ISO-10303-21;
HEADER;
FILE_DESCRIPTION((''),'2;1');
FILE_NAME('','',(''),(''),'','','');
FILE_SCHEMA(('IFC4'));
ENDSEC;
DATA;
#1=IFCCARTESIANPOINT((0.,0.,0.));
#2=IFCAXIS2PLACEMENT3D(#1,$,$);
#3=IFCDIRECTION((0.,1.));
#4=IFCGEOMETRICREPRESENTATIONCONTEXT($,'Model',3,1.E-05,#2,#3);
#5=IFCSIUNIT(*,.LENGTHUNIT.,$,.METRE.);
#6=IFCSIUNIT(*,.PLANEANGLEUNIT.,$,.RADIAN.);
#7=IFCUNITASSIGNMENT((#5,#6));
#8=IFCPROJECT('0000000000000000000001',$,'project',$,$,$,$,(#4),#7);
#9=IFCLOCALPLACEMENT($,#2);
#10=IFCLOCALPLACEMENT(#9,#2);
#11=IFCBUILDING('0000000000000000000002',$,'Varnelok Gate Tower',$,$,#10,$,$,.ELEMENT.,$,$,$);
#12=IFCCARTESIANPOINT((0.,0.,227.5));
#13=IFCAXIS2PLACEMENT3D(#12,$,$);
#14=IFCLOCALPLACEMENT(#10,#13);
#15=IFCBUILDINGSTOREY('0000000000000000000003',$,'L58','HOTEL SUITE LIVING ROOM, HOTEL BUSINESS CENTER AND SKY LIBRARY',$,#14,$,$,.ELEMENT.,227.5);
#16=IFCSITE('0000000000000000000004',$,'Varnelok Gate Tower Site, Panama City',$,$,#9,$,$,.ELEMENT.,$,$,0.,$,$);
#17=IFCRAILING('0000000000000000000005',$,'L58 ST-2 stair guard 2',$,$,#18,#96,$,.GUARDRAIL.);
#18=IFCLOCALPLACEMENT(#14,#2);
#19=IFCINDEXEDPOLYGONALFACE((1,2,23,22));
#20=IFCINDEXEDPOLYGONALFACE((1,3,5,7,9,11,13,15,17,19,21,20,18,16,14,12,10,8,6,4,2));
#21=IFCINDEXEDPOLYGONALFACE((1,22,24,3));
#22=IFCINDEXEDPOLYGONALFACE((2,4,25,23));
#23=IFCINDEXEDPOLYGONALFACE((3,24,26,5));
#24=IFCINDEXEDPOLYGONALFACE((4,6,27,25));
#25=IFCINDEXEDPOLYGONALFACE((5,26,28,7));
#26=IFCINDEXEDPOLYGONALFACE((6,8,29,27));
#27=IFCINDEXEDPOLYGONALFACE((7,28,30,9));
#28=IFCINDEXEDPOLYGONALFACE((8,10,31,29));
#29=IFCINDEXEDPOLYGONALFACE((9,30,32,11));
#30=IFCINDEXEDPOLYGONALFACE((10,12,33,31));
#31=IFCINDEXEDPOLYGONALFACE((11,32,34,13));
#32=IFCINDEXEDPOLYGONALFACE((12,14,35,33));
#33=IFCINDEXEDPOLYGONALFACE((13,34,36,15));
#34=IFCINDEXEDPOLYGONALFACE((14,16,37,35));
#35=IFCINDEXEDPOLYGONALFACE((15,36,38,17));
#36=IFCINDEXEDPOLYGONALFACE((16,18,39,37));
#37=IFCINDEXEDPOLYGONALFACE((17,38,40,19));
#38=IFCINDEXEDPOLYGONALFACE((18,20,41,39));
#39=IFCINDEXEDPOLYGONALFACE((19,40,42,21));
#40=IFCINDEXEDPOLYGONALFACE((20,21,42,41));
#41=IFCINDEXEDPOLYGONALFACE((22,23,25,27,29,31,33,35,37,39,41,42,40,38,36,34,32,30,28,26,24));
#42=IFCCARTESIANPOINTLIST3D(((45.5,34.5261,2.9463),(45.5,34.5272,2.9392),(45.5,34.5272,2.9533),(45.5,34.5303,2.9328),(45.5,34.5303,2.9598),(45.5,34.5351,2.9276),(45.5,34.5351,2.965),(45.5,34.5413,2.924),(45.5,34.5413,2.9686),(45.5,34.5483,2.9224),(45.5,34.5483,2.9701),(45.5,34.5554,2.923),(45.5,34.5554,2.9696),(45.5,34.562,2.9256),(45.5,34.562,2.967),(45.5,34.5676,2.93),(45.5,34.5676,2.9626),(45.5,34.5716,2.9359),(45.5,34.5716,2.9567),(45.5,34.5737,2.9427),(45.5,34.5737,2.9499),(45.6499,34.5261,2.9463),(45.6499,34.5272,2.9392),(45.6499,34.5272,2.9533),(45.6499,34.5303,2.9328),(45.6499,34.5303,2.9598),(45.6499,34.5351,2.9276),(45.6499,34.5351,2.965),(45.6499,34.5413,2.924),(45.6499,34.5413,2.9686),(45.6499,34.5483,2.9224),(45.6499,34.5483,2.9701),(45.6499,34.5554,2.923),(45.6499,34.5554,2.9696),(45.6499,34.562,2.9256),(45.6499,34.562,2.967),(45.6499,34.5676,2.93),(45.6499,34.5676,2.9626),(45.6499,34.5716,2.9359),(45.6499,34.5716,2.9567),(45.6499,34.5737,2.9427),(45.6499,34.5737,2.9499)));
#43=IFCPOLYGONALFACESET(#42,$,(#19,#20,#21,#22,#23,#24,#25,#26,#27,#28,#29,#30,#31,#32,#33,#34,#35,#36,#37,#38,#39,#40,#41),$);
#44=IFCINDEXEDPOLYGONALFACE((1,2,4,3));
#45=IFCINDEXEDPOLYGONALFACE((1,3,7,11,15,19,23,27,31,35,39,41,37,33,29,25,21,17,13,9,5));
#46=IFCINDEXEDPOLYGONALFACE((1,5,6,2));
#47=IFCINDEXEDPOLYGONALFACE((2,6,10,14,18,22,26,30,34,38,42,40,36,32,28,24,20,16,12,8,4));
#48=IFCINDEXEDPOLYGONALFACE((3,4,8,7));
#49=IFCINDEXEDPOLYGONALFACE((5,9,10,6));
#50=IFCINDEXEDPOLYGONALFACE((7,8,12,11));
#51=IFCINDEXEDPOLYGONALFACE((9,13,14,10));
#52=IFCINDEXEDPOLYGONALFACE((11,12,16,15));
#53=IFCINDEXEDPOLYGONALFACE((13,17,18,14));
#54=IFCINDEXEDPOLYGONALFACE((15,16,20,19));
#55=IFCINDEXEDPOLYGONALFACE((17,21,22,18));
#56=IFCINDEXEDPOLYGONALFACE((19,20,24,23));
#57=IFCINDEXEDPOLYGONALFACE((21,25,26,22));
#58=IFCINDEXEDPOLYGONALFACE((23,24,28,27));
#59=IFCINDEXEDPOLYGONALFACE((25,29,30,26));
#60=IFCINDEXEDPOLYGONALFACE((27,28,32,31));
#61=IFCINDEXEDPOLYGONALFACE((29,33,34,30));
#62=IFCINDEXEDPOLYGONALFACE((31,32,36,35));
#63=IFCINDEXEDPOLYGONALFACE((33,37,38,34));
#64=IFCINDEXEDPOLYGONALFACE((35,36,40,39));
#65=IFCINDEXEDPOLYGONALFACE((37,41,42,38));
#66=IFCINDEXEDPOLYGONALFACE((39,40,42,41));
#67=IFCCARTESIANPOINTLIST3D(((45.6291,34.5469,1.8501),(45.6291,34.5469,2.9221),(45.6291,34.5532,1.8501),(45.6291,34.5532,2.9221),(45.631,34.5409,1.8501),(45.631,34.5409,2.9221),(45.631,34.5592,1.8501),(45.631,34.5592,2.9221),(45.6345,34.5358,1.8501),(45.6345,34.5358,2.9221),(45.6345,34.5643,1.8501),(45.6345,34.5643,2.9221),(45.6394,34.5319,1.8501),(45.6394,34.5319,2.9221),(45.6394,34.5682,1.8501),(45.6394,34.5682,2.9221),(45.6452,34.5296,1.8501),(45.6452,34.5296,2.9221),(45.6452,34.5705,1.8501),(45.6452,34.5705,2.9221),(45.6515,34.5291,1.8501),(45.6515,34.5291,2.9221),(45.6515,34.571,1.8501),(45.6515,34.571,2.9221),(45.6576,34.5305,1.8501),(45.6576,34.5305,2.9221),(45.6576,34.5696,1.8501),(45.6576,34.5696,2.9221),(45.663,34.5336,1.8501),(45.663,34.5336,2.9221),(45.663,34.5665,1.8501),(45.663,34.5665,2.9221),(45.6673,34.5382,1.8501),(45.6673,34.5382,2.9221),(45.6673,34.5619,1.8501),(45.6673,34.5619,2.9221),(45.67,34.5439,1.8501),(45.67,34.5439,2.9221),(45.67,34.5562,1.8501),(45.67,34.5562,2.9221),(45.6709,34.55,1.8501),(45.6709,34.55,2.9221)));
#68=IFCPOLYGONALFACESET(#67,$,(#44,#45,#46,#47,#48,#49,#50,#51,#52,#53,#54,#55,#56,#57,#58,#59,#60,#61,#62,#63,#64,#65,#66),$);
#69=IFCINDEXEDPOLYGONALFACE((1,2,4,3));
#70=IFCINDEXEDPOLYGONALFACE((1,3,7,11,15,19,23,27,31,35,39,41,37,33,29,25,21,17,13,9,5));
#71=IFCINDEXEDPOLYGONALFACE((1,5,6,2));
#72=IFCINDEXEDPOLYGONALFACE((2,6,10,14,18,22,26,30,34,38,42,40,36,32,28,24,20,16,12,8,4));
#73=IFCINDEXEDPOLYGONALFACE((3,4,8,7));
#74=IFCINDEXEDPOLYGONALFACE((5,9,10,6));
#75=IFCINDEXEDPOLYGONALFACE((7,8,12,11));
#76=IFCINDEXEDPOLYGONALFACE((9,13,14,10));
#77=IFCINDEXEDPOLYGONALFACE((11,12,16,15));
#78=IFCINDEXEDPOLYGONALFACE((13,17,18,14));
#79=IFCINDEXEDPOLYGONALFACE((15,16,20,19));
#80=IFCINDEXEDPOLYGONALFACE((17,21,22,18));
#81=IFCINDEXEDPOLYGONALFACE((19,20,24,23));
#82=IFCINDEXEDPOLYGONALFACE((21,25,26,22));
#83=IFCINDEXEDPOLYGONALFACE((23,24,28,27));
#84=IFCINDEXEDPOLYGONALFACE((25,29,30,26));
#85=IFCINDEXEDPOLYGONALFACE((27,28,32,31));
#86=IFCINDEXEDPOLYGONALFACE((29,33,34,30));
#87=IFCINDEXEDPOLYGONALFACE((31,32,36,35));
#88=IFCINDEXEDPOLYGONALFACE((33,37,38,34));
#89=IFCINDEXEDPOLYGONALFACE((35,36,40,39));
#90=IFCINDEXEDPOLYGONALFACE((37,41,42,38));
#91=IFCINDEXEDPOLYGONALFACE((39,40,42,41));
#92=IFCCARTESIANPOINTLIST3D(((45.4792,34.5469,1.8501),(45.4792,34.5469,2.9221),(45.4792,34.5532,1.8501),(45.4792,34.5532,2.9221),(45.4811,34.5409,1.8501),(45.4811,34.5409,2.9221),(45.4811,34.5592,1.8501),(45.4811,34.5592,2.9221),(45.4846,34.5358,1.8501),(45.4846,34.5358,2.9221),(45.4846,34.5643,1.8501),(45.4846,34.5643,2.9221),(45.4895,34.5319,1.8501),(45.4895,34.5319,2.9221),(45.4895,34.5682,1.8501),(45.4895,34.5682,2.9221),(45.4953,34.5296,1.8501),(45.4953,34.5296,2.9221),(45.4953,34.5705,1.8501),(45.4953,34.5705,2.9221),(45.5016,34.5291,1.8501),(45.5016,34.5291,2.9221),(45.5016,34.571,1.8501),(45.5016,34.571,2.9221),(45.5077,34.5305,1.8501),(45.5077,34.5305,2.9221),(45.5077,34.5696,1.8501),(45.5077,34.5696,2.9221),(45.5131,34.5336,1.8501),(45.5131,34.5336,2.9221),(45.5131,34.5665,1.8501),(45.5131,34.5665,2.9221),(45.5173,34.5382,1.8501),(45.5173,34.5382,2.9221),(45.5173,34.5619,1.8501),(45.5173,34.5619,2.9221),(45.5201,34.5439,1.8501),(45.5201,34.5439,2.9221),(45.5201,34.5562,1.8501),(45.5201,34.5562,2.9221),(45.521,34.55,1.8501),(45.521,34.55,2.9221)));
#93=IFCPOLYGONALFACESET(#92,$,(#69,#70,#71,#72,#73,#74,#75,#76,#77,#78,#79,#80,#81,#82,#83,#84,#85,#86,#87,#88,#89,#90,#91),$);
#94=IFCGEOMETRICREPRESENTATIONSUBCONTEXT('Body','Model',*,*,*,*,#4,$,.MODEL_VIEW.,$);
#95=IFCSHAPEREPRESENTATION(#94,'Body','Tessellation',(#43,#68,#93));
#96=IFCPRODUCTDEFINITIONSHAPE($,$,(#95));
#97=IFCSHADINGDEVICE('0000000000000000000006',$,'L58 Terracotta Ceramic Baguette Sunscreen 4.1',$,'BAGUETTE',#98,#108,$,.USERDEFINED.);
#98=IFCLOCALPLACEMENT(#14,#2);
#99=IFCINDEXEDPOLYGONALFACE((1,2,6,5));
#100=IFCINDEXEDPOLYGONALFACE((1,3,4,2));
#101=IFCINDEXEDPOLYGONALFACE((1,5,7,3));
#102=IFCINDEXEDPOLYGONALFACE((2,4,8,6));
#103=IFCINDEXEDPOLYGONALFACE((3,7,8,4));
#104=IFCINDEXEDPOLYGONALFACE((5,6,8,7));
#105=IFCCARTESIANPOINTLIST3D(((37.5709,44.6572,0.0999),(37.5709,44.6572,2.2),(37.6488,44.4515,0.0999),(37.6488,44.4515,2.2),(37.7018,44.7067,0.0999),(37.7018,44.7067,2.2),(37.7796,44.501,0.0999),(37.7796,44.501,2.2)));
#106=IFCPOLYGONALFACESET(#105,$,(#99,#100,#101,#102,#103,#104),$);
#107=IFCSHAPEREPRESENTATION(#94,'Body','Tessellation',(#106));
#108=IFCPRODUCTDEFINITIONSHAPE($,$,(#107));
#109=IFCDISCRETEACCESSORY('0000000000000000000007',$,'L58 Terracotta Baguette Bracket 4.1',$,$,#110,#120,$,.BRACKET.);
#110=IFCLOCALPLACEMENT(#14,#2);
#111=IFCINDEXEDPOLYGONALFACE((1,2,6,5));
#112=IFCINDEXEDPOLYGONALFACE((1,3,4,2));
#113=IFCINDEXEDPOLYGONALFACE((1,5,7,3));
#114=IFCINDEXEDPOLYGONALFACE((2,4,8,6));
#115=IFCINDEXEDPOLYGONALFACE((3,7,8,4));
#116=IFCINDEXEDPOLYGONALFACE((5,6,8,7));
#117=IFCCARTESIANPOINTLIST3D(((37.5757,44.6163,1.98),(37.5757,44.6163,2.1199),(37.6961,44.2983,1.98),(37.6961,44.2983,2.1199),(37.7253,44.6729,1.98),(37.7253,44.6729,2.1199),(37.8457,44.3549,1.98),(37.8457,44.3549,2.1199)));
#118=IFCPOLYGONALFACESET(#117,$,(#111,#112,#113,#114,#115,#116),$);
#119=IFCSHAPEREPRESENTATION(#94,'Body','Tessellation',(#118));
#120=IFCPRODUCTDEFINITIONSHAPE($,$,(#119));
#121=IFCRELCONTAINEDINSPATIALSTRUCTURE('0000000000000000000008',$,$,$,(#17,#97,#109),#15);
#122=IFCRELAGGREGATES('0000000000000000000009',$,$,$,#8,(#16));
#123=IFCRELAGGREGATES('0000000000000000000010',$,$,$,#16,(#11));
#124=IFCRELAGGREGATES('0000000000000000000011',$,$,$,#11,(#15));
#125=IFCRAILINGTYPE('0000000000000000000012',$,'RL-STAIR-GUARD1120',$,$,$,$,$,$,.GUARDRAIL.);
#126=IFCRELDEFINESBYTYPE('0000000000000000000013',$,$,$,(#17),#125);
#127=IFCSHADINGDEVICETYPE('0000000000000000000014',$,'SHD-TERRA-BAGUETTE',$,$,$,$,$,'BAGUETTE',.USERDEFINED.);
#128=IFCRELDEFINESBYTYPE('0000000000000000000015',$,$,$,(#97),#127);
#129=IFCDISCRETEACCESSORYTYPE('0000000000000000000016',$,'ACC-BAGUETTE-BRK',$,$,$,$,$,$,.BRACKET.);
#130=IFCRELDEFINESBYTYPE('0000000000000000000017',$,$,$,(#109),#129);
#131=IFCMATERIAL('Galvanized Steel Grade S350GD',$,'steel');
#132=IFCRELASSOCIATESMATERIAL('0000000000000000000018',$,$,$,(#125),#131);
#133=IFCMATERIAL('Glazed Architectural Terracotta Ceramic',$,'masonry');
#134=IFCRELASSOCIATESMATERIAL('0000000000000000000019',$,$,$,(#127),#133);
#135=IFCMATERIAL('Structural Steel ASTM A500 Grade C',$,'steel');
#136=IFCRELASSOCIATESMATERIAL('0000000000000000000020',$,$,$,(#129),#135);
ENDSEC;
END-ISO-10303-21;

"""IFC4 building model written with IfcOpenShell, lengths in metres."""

from ifc_helpers import new_model, si_unit, direction, frame, origin, origin_2d, place, context, subcontext, project, spatial, rectangle, circle, extrude, source, transform, mapped, material, type_object, element, save


model = new_model("IFC4")

# Units and contexts
model_context = context("Model", 3, precision=1e-05, world=origin(), true_north=direction((0.0, 1.0)))
body_context = subcontext(model_context, "Body", "Model", "MODEL_VIEW")
ifc_project = project(units=[si_unit("LENGTHUNIT", "METRE"), si_unit("PLANEANGLEUNIT", "RADIAN")], contexts=[model_context])

# Site, building, storey
site_placement = place(None, origin())
site = spatial("IfcSite", under=ifc_project, at=site_placement, Name="Varnelok Gate Tower Site, Panama City", CompositionType="ELEMENT", RefElevation=0.0)
building_placement = place(site_placement, origin())
building = spatial("IfcBuilding", under=site, at=building_placement, Name="Varnelok Gate Tower", CompositionType="ELEMENT")
storey_placement = place(building_placement, frame((0.0, 0.0, 227.5)))
storey = spatial("IfcBuildingStorey", under=building, at=storey_placement, Name="L58", Description="HOTEL SUITE LIVING ROOM, HOTEL BUSINESS CENTER AND SKY LIBRARY", CompositionType="ELEMENT", Elevation=227.5)

# Shared definitions
ifc_material_1 = material(Name="Galvanized Steel Grade S350GD", Category="steel")

# Railing
railing_type = type_object("IfcRailingType", Name="RL-STAIR-GUARD1120", PredefinedType="GUARDRAIL", material=ifc_material_1)
railing_placement = place(storey_placement, frame((45.6499, 34.55, 1.8501)))
element("IfcRailing", 1, at=railing_placement, inside=storey, type_object=railing_type, Name="L58 ST-2 stair guard 2", PredefinedType="GUARDRAIL", context=body_context, shape_type="SweptSolid", body=[
    extrude(circle(Radius=0.0239, at=origin_2d()), frame((0.0, 0.0, 1.0962), z_axis=(-1.0, 0.0, 0.0), x_axis=(0.0, -1.0, 0.0)), (0.0, 0.0, 1.0), 0.1499),
    extrude(circle(Radius=0.021, at=origin_2d()), origin(), (0.0, 0.0, 1.0), 1.072),
    extrude(circle(Radius=0.021, at=origin_2d()), frame((-0.1499, 0.0, 0.0)), (0.0, 0.0, 1.0), 1.072),
])

# Shading device
ifc_material_2 = material(Name="Glazed Architectural Terracotta Ceramic", Category="masonry")
shading_device_type = type_object("IfcShadingDeviceType", Name="SHD-TERRA-BAGUETTE", ElementType="BAGUETTE", PredefinedType="USERDEFINED", material=ifc_material_2)
shared_shape_1 = source(origin(), body_context, "Body", "SweptSolid", [
    extrude(rectangle(XDim=0.1399, YDim=0.22, at=origin_2d()), origin(), (0.0, 0.0, 1.0), 2.1001),
])
shading_device_placement = place(storey_placement, frame((37.6753, 44.5791, 0.0999), z_axis=(0.0, 0.0, 1.0), x_axis=(0.935222, 0.354063, 0.0)))
element("IfcShadingDevice", 2, at=shading_device_placement, inside=storey, type_object=shading_device_type, Name="L58 Terracotta Ceramic Baguette Sunscreen 4.1", ObjectType="BAGUETTE", PredefinedType="USERDEFINED", context=body_context, shape_type="MappedRepresentation", body=[
    mapped(shared_shape_1, transform((0.0, 0.0, 0.0), scale=1.0)),
])

# Discrete accessory
ifc_material_3 = material(Name="Structural Steel ASTM A500 Grade C", Category="steel")
discrete_accessory_type = type_object("IfcDiscreteAccessoryType", Name="ACC-BAGUETTE-BRK", PredefinedType="BRACKET", material=ifc_material_3)
shared_shape_2 = source(origin(), body_context, "Body", "SweptSolid", [
    extrude(rectangle(XDim=0.1599, YDim=0.3401, at=origin_2d()), origin(), (0.0, 0.0, 1.0), 0.1399),
])
discrete_accessory_placement = place(storey_placement, frame((37.7107, 44.4856, 1.98), z_axis=(0.0, 0.0, 1.0), x_axis=(0.935222, 0.354063, 0.0)))
element("IfcDiscreteAccessory", 3, at=discrete_accessory_placement, inside=storey, type_object=discrete_accessory_type, Name="L58 Terracotta Baguette Bracket 4.1", PredefinedType="BRACKET", context=body_context, shape_type="MappedRepresentation", body=[
    mapped(shared_shape_2, transform((0.0, 0.0, 0.0), scale=1.0)),
])

save(model, "model.ifc")
